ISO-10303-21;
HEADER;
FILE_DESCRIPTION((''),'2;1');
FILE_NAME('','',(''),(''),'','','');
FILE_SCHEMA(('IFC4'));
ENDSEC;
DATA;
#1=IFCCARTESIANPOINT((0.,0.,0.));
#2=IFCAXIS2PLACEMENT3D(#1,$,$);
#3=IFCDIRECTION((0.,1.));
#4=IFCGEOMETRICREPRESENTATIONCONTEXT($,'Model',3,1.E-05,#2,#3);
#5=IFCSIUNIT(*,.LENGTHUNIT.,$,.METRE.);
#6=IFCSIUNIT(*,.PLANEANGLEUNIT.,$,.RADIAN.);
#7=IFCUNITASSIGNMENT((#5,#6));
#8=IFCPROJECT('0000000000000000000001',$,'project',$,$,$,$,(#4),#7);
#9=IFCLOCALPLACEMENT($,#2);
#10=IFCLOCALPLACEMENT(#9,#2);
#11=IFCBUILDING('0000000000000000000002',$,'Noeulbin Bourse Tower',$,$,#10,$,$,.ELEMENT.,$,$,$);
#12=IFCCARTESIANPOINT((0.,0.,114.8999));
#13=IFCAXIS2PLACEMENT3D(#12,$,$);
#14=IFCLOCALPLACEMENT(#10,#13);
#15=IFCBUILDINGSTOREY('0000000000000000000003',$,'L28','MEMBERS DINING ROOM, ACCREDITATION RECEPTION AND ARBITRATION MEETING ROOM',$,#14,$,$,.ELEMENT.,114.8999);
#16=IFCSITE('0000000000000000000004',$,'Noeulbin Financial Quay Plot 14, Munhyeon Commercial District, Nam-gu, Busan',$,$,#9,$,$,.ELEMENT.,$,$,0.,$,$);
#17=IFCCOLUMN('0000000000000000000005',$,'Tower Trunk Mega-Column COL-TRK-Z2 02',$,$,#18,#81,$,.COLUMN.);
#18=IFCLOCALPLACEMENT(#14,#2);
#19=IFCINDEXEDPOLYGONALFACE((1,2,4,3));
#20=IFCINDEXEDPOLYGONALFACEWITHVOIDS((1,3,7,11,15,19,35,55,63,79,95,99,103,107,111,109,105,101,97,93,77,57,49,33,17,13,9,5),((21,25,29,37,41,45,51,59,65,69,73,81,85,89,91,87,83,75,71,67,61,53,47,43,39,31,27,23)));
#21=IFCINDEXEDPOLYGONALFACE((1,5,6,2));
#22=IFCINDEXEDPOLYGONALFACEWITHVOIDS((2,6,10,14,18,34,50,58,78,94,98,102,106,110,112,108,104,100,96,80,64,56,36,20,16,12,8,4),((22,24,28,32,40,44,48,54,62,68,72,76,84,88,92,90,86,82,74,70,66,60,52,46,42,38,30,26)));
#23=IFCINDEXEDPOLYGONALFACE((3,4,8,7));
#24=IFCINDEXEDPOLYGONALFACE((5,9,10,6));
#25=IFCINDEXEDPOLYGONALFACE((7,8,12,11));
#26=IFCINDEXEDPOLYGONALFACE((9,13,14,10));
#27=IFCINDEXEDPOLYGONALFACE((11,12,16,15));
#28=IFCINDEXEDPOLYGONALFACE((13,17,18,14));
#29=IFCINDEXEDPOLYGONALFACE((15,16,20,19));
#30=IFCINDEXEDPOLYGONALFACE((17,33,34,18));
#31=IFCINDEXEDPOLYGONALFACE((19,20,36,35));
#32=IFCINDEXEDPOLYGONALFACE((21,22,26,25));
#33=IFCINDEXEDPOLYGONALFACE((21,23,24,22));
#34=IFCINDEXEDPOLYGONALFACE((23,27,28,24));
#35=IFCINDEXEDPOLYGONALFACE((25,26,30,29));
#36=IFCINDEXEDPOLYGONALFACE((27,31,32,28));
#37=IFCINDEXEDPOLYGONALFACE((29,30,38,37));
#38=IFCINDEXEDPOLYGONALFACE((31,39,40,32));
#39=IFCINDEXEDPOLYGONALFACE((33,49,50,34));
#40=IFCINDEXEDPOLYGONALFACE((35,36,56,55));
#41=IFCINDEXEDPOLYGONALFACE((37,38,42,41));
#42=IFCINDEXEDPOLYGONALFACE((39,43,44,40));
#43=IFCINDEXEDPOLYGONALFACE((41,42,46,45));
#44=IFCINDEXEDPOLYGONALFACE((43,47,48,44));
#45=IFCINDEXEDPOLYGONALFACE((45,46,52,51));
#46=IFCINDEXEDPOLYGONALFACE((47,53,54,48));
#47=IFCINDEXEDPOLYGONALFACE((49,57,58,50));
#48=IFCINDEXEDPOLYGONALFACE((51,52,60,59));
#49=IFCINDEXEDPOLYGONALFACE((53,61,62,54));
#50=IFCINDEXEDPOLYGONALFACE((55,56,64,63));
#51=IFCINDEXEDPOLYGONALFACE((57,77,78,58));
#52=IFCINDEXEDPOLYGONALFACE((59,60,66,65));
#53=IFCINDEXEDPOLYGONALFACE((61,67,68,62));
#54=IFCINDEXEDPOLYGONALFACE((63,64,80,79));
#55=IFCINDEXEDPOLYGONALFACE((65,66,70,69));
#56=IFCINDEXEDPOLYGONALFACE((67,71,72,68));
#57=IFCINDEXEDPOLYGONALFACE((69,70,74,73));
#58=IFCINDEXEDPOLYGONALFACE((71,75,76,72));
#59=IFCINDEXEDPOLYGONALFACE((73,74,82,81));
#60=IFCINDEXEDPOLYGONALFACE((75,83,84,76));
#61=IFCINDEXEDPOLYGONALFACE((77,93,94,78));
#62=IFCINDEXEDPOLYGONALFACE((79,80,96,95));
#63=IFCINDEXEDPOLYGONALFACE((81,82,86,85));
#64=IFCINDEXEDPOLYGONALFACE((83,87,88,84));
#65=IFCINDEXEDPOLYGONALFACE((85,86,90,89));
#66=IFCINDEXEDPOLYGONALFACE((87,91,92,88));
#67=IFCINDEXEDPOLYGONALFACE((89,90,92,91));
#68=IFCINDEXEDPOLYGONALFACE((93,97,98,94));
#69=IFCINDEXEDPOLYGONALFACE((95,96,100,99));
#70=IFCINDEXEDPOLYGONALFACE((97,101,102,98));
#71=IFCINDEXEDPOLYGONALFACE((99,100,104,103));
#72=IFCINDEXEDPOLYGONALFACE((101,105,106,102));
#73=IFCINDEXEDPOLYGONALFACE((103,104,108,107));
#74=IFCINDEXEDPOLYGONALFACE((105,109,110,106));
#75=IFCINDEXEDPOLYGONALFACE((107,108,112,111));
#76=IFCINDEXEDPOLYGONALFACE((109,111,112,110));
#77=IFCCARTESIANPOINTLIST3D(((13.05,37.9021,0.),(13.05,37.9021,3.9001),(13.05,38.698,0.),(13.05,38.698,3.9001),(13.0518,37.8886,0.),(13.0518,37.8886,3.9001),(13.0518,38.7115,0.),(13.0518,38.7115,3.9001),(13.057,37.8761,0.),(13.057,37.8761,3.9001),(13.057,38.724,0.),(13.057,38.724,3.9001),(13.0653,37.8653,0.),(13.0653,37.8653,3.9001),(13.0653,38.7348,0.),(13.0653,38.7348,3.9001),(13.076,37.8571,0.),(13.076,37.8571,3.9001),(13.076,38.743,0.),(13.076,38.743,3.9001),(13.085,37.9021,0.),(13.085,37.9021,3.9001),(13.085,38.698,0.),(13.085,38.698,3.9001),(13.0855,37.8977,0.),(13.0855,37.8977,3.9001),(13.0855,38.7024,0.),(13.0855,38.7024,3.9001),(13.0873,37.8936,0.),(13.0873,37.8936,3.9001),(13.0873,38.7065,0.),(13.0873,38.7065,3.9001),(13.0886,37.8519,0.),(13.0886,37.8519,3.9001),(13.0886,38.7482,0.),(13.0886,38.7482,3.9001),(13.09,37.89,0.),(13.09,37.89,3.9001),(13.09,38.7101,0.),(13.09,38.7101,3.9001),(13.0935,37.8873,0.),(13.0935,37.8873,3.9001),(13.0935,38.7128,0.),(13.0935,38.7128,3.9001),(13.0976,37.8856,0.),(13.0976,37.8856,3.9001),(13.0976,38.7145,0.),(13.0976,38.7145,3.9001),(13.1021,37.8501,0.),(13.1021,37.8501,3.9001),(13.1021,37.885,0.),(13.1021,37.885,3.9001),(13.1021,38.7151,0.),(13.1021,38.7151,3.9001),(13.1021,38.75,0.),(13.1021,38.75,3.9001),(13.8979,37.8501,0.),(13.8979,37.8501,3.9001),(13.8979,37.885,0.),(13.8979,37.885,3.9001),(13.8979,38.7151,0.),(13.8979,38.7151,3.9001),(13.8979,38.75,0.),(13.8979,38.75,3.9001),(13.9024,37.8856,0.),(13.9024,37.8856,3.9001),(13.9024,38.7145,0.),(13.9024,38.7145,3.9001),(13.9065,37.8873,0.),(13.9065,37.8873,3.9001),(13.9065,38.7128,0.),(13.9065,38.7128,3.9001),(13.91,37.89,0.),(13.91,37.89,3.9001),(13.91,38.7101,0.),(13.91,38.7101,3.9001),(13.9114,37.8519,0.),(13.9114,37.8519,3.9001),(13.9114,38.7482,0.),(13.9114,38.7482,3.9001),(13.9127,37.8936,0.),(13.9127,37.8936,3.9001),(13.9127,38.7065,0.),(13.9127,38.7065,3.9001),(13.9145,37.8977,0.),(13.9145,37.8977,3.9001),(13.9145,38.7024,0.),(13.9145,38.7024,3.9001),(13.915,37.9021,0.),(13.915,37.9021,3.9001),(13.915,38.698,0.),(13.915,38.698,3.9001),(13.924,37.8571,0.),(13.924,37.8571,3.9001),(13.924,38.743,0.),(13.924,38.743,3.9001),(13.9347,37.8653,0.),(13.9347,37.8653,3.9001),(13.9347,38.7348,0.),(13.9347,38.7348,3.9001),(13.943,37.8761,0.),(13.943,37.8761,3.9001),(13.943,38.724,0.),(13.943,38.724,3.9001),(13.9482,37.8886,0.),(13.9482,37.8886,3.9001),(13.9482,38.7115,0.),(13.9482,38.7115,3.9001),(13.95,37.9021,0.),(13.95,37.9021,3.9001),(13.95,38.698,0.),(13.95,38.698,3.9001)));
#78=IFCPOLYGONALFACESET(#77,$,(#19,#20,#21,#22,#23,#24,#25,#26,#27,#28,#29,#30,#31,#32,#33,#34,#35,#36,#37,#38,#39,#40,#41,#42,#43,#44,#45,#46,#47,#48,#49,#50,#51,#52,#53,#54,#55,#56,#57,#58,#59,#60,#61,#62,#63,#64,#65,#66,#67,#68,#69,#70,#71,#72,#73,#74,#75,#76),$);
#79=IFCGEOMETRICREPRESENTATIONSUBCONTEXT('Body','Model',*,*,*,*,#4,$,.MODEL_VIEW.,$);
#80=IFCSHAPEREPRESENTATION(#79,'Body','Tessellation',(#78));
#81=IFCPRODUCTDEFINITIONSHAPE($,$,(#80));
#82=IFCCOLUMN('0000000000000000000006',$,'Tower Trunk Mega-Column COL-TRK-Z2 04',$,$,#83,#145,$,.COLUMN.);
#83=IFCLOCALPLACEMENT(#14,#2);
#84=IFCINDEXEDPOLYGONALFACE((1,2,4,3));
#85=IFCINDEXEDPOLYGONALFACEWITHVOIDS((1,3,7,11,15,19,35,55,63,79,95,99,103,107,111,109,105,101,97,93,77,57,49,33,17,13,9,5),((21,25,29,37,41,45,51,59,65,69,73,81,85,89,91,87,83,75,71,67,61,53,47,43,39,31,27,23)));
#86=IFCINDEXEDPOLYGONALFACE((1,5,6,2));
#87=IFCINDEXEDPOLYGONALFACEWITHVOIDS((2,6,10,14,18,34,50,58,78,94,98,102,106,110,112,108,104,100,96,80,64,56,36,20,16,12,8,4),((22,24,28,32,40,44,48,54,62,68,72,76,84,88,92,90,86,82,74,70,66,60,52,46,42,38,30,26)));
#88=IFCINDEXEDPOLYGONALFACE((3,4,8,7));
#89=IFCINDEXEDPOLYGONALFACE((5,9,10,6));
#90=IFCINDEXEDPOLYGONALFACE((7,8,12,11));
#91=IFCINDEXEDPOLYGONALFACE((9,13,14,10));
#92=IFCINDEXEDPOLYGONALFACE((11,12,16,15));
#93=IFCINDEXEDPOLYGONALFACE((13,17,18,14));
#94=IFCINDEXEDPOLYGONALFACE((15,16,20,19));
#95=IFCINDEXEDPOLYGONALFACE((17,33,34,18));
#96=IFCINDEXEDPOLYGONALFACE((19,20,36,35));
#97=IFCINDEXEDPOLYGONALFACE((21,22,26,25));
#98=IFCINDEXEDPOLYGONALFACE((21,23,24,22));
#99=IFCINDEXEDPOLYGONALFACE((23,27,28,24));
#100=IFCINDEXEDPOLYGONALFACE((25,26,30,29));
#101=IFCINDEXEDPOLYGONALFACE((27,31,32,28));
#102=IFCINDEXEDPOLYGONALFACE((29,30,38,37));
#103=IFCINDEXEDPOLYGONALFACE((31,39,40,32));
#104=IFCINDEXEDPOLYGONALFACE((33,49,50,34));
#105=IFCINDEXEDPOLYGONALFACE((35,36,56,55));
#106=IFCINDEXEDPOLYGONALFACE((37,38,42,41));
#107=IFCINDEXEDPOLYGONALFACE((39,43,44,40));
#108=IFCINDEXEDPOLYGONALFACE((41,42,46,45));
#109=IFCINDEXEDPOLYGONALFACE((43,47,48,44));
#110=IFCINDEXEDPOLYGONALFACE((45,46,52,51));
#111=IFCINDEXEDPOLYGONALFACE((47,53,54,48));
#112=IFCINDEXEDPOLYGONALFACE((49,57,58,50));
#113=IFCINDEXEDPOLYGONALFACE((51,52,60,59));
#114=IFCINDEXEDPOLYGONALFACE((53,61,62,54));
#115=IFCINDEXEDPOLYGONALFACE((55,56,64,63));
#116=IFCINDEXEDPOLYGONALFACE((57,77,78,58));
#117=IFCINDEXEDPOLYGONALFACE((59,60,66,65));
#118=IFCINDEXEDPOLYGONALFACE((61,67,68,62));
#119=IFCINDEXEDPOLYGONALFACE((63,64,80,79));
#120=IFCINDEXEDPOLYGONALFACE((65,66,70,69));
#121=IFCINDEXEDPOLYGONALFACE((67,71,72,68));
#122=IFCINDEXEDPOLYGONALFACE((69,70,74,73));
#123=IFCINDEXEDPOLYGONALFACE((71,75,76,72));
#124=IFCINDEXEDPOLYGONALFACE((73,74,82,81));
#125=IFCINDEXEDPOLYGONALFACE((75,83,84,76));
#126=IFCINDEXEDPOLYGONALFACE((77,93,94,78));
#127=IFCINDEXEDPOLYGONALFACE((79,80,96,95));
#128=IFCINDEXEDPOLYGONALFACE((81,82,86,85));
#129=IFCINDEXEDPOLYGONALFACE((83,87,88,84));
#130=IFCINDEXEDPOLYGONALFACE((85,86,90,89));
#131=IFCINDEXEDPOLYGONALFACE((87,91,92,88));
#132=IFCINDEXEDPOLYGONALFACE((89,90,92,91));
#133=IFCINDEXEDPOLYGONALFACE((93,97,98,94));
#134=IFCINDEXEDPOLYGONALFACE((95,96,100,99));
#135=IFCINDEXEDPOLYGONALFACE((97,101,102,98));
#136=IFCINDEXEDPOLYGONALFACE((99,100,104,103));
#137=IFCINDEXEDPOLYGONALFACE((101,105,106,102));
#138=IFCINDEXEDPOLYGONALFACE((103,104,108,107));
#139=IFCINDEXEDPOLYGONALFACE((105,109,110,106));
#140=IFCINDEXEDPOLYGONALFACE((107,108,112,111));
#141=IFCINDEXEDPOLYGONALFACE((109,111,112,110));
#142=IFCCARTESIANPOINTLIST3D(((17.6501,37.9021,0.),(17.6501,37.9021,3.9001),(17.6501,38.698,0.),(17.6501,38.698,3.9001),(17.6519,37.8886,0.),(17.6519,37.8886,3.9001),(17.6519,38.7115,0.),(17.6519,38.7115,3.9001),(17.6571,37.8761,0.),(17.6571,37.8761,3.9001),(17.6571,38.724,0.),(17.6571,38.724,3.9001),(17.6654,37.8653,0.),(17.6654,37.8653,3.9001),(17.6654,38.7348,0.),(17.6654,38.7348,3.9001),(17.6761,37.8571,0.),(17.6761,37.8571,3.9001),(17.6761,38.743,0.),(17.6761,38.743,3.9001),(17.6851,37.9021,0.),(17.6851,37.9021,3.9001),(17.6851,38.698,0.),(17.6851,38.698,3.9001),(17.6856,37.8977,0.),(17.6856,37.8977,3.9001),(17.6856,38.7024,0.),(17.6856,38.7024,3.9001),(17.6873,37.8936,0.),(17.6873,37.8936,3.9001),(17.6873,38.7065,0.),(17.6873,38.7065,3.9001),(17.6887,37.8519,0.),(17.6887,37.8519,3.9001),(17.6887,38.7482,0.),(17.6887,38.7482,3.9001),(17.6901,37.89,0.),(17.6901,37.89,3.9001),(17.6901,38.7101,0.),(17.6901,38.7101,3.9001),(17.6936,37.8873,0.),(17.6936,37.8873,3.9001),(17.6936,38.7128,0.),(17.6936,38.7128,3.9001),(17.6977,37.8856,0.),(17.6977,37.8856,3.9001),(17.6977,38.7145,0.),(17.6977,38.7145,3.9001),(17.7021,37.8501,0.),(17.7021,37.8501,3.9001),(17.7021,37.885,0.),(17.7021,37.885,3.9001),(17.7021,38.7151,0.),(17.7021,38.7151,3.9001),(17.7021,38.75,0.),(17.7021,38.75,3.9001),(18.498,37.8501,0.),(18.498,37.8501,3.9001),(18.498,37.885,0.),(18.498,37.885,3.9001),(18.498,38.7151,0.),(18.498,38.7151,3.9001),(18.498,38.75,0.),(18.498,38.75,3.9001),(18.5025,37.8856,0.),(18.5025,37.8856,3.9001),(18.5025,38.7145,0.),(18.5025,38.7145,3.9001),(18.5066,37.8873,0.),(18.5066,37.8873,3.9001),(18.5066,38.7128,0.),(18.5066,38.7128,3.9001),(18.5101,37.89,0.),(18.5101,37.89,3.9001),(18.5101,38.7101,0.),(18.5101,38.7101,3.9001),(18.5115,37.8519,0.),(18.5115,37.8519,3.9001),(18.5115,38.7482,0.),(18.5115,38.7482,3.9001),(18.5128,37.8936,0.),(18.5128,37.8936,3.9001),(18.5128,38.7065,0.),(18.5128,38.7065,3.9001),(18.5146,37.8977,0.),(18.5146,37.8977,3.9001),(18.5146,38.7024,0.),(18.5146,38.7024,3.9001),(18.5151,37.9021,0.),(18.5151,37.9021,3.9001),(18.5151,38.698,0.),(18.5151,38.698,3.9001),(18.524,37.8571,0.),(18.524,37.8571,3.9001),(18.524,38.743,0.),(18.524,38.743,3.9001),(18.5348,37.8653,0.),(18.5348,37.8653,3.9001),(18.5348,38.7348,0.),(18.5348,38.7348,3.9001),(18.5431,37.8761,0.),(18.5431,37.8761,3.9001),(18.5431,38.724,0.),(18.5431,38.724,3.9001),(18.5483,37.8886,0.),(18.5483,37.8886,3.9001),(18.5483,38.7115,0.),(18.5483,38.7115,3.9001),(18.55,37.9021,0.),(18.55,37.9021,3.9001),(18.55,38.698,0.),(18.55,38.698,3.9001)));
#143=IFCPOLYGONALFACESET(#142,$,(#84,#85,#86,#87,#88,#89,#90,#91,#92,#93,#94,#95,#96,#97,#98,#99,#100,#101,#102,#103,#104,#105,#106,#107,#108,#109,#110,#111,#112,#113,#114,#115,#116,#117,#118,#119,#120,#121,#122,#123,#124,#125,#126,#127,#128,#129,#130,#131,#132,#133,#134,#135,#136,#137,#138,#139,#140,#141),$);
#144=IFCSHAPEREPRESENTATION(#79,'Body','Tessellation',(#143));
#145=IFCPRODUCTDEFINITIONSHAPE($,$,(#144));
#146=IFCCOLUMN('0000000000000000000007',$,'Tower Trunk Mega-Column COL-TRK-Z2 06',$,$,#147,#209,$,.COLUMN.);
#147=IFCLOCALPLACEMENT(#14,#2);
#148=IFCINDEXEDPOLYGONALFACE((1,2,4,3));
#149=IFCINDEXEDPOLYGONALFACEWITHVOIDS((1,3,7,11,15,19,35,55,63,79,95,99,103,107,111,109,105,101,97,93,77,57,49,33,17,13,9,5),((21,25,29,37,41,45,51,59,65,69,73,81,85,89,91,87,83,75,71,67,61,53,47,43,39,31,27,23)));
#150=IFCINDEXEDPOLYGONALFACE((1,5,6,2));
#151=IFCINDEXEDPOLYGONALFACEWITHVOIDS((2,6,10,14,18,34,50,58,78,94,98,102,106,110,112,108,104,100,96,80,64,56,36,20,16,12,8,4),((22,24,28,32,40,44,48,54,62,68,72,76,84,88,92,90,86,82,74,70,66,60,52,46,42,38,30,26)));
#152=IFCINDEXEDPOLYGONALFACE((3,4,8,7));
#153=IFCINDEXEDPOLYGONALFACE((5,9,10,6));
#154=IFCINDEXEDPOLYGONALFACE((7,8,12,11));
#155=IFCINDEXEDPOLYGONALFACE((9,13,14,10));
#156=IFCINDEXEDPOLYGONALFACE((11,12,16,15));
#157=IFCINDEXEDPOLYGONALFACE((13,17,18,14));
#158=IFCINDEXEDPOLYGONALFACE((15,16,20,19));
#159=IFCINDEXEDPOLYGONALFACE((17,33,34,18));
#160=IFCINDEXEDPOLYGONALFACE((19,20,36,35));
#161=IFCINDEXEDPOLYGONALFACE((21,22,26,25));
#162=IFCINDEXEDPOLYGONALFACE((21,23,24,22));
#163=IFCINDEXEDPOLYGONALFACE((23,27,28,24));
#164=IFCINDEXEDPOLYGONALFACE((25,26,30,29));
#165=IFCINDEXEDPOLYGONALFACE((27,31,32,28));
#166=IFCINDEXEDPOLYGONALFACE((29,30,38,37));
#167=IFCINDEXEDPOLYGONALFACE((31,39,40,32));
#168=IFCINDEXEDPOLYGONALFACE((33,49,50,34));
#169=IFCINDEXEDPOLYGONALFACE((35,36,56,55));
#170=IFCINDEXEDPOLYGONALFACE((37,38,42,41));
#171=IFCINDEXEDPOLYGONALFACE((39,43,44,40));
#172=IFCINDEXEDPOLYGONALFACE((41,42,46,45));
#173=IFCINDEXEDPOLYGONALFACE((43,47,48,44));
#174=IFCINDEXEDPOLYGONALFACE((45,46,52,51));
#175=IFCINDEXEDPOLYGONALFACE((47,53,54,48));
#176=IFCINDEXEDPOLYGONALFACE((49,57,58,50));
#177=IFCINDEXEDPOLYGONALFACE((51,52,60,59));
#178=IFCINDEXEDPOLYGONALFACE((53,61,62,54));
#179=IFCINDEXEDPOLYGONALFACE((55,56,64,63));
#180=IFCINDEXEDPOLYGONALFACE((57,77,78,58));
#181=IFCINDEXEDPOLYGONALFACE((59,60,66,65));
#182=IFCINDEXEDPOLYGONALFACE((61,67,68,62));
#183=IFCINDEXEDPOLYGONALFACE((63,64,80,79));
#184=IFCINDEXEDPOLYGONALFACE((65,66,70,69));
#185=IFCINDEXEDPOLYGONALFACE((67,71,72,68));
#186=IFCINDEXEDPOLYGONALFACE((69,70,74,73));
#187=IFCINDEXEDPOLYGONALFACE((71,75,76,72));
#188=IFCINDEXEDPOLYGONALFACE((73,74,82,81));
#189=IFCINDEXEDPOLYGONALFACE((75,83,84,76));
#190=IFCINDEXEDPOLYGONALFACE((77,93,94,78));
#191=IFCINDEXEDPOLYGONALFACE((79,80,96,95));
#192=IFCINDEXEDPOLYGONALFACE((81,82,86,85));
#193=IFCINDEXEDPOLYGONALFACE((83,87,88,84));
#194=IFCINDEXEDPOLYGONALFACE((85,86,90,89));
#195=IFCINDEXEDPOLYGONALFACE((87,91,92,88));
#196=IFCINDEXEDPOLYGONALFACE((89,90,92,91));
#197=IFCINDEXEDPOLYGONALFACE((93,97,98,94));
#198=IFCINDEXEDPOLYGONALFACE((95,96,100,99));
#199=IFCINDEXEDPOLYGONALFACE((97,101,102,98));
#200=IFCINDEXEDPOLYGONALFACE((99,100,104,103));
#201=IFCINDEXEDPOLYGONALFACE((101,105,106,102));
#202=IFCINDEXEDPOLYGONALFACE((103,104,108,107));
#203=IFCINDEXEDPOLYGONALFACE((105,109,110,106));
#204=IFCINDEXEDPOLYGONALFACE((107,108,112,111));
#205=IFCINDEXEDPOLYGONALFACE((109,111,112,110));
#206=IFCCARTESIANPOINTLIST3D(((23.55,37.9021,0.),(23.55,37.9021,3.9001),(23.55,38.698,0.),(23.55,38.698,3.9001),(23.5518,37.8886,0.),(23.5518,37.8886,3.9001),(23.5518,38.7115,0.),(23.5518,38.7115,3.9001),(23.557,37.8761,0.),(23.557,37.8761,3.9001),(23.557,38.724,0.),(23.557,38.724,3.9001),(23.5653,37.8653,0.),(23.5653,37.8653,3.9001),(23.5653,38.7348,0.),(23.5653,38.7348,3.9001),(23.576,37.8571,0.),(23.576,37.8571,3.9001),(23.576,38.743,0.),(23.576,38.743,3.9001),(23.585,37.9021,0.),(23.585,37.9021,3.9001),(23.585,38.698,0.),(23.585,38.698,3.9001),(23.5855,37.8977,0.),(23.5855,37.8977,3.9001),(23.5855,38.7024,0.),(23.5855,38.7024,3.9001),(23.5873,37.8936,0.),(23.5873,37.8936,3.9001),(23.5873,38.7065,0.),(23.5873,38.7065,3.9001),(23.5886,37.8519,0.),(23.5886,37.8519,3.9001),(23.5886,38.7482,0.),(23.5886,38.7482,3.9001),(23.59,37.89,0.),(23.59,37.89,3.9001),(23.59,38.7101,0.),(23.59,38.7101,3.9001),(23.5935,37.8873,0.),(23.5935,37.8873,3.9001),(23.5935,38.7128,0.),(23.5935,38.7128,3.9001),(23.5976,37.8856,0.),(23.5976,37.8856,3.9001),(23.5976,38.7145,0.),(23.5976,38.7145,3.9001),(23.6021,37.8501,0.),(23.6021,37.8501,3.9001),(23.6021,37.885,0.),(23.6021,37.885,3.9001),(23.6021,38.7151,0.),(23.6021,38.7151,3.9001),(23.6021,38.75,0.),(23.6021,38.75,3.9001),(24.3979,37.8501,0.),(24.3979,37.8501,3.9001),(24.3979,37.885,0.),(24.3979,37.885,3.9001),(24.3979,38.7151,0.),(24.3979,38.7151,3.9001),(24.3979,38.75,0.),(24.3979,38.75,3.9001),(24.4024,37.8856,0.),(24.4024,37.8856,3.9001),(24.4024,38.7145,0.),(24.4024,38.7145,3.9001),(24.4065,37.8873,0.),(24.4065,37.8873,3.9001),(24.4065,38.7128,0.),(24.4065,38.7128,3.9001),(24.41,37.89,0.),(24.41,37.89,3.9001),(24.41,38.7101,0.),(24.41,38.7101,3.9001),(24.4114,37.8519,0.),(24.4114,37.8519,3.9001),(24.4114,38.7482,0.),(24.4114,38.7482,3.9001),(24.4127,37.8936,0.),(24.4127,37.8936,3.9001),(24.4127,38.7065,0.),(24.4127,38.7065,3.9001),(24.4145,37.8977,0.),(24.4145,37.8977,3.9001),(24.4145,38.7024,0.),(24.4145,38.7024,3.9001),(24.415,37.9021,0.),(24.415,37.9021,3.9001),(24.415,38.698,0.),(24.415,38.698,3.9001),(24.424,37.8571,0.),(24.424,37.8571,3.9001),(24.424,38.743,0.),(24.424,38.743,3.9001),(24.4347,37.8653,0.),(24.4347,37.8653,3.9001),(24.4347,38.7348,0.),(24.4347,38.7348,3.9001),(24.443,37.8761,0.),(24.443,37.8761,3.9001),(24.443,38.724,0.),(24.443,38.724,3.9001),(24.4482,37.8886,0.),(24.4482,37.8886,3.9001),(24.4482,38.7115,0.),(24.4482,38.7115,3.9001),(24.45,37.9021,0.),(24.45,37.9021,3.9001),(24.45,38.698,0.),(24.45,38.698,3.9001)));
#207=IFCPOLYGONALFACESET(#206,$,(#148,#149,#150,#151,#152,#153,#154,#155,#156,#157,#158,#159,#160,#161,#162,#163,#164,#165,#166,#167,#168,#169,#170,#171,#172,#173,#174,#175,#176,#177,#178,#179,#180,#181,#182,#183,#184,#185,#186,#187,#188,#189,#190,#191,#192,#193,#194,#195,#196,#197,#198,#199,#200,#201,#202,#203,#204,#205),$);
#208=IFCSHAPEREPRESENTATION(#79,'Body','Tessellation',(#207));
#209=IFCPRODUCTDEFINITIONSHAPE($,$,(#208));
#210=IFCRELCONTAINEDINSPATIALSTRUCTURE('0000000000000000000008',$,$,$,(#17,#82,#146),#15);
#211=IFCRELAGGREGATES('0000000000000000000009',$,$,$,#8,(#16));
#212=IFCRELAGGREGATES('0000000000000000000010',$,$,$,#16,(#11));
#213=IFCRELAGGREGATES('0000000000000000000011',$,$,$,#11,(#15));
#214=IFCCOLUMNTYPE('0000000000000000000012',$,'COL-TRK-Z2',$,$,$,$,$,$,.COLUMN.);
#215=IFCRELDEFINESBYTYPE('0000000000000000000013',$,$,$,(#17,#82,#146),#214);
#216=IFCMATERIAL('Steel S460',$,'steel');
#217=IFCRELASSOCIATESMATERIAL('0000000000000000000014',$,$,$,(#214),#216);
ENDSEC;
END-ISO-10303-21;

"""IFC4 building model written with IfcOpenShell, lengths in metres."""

from ifc_helpers import new_model, si_unit, direction, frame, origin, origin_2d, place, context, subcontext, project, spatial, hollow_rectangle, extrude, material, material_profile, profile_set, type_object, element, save


model = new_model("IFC4")

# Units and contexts
model_context = context("Model", 3, precision=1e-05, world=origin(), true_north=direction((0.0, 1.0)))
body_context = subcontext(model_context, "Body", "Model", "MODEL_VIEW")
ifc_project = project(units=[si_unit("LENGTHUNIT", "METRE"), si_unit("PLANEANGLEUNIT", "RADIAN")], contexts=[model_context])

# Site, building, storey
site_placement = place(None, origin())
site = spatial("IfcSite", under=ifc_project, at=site_placement, Name="Noeulbin Financial Quay Plot 14, Munhyeon Commercial District, Nam-gu, Busan", CompositionType="ELEMENT", RefElevation=0.0)
building_placement = place(site_placement, origin())
building = spatial("IfcBuilding", under=site, at=building_placement, Name="Noeulbin Bourse Tower", CompositionType="ELEMENT")
storey_placement = place(building_placement, frame((0.0, 0.0, 114.8999)))
storey = spatial("IfcBuildingStorey", under=building, at=storey_placement, Name="L28", Description="MEMBERS DINING ROOM, ACCREDITATION RECEPTION AND ARBITRATION MEETING ROOM", CompositionType="ELEMENT", Elevation=114.8999)

# Columns
ifc_material_1 = material(Name="Steel S460", Category="steel")
ifc_material_profile_1 = material_profile(ifc_material_1, hollow_rectangle(XDim=0.8999, YDim=0.8999, WallThickness=0.0349, InnerFilletRadius=0.0171, OuterFilletRadius=0.052, at=origin_2d()), Name="BOX-900x900x35", Category="LoadBearing")
ifc_profile_set_1 = profile_set([ifc_material_profile_1], Name="Steel S460")
column_type = type_object("IfcColumnType", Name="COL-TRK-Z2", PredefinedType="COLUMN", material=ifc_profile_set_1)
for number, where, z_axis, x_axis, name in (
    (1, (13.5, 38.3, 0.0), (0.0, 0.0, 1.0), (1.0, 0.0, 0.0), "Tower Trunk Mega-Column COL-TRK-Z2 02"),
    (2, (18.1001, 38.3, 0.0), (0.0, 0.0, 1.0), (1.0, 0.0, 0.0), "Tower Trunk Mega-Column COL-TRK-Z2 04"),
    (3, (24.0, 38.3, 0.0), (0.0, 0.0, 1.0), (1.0, 0.0, 0.0), "Tower Trunk Mega-Column COL-TRK-Z2 06"),
):
    element("IfcColumn", number, at=place(storey_placement, frame(where, z_axis=z_axis, x_axis=x_axis)), inside=storey, type_object=column_type, Name=name, PredefinedType="COLUMN", context=body_context, shape_type="SweptSolid", body=[
        extrude(hollow_rectangle(XDim=0.8999, YDim=0.8999, WallThickness=0.0349, InnerFilletRadius=0.0171, OuterFilletRadius=0.052, at=origin_2d()), origin(), (0.0, 0.0, 1.0), 3.9001),
    ])

save(model, "model.ifc")
